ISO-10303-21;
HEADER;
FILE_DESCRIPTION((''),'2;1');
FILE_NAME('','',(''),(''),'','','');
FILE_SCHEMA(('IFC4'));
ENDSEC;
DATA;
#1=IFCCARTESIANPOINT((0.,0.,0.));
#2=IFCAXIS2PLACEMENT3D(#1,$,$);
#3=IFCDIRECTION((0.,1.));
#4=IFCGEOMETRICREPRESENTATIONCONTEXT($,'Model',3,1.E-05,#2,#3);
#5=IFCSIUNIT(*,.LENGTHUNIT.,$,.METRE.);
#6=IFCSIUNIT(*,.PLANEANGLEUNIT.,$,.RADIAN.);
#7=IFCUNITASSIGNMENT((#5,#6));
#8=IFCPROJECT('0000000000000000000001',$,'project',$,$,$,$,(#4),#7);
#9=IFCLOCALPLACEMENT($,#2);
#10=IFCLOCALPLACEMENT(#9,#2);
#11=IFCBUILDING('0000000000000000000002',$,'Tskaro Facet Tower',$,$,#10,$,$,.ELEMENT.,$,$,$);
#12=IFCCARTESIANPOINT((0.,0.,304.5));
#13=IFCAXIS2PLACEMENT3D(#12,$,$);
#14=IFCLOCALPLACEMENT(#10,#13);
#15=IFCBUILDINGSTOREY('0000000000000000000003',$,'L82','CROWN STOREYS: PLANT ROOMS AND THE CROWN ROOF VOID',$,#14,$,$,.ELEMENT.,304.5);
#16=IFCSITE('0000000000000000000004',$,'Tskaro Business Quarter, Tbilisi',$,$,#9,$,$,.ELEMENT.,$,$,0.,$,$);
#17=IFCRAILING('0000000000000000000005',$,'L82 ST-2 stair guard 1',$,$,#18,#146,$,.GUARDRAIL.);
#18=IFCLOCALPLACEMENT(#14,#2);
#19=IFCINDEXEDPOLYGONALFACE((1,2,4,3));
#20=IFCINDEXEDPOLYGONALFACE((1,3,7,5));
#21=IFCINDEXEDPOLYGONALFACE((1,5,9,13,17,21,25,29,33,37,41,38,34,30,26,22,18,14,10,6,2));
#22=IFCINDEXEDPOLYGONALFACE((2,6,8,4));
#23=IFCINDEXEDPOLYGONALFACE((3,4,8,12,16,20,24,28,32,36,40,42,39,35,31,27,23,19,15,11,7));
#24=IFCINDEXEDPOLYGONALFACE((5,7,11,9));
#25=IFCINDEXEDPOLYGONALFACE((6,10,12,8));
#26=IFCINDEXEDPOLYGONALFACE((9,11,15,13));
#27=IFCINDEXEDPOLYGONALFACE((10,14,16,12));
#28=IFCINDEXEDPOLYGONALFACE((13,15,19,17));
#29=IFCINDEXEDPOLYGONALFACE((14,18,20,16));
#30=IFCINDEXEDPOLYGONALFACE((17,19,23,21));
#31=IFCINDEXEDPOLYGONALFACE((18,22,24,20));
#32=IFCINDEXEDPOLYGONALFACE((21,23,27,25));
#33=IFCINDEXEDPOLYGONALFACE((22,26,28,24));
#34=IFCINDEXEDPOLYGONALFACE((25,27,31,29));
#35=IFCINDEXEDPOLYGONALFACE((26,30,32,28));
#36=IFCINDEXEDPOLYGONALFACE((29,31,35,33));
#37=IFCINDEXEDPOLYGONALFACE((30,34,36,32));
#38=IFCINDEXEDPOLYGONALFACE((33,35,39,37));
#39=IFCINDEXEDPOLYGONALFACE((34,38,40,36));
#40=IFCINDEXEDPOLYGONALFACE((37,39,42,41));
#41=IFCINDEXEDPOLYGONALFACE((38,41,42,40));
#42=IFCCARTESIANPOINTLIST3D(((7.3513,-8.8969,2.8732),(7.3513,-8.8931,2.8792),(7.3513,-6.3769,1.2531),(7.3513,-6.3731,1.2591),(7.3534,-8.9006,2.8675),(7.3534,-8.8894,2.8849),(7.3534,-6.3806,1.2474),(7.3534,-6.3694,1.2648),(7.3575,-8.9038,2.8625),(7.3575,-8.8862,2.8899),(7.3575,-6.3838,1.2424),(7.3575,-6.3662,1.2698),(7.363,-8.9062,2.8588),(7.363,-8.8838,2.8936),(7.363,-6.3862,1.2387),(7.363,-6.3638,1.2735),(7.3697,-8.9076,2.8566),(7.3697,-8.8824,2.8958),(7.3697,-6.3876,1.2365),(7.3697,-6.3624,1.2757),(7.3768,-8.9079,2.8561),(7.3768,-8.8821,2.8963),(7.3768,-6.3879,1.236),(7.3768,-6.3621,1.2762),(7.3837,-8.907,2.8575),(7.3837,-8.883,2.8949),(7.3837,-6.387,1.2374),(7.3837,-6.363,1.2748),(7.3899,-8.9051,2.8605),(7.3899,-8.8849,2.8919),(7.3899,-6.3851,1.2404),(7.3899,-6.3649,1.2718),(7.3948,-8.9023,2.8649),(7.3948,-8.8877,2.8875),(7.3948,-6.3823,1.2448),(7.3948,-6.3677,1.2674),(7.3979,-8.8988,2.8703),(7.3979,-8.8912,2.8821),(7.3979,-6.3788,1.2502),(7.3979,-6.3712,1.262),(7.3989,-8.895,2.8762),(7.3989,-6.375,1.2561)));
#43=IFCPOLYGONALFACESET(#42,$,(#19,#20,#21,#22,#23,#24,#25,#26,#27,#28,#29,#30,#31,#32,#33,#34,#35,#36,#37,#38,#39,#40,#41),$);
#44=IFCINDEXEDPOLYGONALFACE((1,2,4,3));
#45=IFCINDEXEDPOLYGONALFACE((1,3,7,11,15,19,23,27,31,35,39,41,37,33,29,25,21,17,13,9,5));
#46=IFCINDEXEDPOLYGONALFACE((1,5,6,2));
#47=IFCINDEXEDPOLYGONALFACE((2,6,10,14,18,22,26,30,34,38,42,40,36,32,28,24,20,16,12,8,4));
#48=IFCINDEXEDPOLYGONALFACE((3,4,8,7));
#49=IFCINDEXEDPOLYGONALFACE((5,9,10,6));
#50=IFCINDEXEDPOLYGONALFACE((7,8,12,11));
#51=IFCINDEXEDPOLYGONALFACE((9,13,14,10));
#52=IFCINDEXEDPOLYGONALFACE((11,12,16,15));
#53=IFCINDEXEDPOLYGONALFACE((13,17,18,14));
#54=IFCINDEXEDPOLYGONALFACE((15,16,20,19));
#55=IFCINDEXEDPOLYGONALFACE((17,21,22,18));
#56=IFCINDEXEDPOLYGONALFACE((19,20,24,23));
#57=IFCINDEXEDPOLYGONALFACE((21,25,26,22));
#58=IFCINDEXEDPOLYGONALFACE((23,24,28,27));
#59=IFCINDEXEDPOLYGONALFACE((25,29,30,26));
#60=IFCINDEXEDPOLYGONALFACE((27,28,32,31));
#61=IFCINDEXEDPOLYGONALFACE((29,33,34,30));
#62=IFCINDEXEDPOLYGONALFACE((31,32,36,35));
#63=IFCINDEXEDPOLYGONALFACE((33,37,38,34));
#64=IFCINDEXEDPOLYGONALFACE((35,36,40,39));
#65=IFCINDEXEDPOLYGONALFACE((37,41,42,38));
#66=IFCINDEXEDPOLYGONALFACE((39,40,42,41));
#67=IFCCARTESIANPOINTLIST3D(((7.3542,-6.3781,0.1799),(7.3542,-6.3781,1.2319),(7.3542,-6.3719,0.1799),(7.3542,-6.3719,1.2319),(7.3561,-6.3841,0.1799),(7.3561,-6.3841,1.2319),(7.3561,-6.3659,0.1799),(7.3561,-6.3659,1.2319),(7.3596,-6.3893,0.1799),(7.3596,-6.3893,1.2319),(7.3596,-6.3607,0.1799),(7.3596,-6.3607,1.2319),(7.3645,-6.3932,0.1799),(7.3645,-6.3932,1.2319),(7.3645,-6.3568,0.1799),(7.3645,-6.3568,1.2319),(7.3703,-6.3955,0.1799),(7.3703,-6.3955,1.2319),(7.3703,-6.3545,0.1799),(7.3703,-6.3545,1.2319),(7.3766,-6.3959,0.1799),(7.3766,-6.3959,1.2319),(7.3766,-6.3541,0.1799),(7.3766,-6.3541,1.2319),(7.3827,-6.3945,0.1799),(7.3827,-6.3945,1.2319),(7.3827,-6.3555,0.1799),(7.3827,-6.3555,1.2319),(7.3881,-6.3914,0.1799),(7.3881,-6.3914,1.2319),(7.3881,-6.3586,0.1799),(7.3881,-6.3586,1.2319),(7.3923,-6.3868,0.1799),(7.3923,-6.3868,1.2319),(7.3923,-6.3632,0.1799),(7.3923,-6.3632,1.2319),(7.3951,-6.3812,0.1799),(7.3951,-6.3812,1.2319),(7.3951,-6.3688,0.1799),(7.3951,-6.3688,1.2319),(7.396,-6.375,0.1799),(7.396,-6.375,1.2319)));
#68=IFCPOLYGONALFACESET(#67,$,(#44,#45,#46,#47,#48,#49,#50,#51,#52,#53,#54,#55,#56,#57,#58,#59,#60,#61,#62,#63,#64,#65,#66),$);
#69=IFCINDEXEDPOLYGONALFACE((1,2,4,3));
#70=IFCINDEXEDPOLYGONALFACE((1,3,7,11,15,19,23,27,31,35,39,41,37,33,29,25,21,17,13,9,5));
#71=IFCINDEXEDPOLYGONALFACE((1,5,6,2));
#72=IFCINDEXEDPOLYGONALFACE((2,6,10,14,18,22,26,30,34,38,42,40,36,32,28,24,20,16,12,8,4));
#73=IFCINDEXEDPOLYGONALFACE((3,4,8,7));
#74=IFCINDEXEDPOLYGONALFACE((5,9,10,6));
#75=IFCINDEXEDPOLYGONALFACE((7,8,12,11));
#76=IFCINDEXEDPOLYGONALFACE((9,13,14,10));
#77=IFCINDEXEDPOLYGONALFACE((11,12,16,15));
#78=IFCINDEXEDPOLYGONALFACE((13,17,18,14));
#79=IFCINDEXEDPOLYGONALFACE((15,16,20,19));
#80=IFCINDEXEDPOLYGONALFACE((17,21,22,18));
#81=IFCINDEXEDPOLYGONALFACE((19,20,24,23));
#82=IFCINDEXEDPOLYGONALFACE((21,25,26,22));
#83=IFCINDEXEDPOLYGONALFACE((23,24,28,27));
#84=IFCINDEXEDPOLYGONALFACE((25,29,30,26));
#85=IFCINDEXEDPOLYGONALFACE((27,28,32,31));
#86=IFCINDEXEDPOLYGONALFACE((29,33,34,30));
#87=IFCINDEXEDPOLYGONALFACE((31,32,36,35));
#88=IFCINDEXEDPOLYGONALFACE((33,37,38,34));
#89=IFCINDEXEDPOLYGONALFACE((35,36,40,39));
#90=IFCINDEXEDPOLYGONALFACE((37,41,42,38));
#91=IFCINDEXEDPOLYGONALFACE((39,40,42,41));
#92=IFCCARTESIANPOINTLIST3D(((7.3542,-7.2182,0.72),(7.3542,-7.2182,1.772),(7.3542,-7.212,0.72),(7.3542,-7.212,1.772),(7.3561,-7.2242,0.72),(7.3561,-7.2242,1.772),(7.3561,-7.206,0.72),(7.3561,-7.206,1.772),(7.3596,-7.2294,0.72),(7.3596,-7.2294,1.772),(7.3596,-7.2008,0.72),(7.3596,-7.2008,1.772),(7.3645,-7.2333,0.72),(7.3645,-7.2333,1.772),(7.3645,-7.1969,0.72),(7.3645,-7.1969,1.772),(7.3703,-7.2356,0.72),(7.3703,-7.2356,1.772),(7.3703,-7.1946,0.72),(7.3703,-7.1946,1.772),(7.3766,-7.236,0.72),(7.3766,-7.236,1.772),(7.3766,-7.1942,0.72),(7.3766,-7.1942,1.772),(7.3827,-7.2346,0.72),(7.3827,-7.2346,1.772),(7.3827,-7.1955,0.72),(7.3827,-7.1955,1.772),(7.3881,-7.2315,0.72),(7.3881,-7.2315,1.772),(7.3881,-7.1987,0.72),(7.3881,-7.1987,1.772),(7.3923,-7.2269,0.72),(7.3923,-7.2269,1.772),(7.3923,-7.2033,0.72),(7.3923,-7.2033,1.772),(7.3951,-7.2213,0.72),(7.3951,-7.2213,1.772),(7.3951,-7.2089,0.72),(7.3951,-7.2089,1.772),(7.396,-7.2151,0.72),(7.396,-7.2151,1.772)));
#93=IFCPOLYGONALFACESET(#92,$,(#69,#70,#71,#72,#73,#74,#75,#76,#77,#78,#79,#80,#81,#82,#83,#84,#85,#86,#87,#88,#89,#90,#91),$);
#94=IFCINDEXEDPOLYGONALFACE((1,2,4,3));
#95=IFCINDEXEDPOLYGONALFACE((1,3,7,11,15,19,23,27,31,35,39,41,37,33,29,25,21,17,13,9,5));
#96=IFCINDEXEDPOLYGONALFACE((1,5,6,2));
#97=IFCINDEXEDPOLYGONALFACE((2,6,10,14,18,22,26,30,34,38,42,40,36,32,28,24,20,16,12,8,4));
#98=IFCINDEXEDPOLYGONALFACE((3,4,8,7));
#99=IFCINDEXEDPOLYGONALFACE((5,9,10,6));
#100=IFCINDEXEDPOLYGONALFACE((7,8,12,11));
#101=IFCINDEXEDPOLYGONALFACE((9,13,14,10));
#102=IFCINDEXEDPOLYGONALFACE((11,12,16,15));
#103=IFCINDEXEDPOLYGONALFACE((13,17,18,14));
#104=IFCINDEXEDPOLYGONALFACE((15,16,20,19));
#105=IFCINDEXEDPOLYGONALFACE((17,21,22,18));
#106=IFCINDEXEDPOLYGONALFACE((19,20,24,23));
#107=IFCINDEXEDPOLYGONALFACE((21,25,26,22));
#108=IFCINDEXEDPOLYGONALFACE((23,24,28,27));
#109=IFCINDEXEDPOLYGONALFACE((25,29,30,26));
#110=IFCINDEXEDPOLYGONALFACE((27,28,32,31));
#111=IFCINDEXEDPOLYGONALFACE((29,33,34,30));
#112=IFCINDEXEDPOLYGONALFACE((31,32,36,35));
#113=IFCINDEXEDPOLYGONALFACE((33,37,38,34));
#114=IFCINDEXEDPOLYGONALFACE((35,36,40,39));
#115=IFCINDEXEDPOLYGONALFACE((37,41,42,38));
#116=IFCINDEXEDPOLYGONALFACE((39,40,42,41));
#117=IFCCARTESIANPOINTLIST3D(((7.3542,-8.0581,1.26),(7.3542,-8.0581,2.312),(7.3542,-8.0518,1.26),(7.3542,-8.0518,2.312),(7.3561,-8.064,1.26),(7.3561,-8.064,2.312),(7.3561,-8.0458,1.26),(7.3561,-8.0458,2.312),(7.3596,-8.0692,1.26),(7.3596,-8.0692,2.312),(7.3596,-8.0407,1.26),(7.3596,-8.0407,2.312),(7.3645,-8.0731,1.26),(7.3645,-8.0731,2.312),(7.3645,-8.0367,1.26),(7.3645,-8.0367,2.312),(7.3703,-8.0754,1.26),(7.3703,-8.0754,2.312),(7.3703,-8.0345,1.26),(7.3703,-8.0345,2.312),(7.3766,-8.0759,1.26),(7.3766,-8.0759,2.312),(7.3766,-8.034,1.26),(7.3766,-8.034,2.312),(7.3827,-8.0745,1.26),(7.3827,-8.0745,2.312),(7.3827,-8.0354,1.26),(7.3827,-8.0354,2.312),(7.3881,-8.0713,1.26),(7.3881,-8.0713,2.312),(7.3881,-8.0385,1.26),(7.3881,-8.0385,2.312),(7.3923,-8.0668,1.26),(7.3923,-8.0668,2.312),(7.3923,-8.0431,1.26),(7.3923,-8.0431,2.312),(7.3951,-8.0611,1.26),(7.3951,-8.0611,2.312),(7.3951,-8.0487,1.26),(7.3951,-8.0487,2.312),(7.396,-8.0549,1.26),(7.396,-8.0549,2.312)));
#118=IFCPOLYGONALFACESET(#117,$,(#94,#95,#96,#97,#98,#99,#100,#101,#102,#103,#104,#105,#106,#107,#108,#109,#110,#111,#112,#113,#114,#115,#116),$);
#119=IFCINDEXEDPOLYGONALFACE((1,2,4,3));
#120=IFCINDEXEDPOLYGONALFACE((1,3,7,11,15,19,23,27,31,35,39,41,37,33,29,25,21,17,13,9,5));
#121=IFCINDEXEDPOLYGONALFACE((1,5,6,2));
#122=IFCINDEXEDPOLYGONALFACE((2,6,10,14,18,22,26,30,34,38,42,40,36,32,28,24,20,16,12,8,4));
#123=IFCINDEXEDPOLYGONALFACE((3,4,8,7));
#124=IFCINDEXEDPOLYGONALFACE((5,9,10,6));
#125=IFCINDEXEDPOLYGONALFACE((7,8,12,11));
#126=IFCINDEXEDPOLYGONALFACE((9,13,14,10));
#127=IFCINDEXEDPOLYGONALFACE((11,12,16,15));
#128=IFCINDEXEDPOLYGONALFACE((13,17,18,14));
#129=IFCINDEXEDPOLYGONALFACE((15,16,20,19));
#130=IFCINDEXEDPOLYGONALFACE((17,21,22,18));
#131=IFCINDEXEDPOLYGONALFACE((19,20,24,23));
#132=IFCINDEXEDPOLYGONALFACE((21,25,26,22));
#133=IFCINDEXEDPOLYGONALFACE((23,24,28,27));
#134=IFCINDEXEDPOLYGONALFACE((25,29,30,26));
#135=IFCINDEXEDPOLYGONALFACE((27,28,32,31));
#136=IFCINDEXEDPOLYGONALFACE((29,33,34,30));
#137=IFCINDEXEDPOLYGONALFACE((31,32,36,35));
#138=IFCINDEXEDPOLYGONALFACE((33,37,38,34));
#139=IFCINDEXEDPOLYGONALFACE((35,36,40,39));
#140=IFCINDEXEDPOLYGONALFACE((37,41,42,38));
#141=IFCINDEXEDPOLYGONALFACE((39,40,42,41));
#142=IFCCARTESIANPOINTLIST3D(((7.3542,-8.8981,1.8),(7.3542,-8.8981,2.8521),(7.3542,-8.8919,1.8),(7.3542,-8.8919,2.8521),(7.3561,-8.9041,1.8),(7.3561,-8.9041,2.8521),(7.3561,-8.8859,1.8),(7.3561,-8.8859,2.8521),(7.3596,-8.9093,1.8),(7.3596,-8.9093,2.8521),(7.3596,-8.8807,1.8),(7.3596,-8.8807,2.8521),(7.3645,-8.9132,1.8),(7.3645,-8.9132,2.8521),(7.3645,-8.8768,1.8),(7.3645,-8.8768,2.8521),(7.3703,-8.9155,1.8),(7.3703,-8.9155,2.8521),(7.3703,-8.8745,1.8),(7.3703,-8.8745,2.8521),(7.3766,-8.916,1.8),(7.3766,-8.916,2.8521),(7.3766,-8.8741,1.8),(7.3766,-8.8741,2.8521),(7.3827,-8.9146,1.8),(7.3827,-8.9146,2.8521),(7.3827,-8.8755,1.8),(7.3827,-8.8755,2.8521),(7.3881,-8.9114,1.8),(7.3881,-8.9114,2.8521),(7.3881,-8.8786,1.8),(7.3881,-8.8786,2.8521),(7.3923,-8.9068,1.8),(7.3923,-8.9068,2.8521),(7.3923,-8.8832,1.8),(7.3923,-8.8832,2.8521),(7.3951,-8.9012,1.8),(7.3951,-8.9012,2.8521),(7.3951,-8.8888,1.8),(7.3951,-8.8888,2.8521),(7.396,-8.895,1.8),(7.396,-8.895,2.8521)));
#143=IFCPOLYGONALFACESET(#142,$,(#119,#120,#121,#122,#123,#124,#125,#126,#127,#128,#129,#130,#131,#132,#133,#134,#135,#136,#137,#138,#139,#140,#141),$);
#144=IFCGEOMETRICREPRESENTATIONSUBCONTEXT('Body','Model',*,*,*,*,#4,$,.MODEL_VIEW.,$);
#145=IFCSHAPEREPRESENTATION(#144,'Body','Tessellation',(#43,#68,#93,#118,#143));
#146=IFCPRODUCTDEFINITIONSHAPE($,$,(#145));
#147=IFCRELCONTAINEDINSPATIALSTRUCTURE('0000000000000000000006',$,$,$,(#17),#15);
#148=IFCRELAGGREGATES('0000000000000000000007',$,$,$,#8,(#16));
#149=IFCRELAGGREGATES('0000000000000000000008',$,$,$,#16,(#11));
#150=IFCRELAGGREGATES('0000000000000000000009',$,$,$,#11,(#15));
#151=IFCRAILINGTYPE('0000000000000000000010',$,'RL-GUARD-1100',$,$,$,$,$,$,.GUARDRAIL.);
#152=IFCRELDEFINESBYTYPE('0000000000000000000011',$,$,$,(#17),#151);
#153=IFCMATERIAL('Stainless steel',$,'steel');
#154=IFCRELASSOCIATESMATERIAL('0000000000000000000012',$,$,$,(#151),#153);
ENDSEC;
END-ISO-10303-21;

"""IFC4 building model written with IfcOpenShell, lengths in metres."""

from ifc_helpers import new_model, si_unit, direction, frame, origin, origin_2d, place, context, subcontext, project, spatial, circle, extrude, material, type_object, element, save


model = new_model("IFC4")

# Units and contexts
model_context = context("Model", 3, precision=1e-05, world=origin(), true_north=direction((0.0, 1.0)))
body_context = subcontext(model_context, "Body", "Model", "MODEL_VIEW")
ifc_project = project(units=[si_unit("LENGTHUNIT", "METRE"), si_unit("PLANEANGLEUNIT", "RADIAN")], contexts=[model_context])

# Site, building, storey
site_placement = place(None, origin())
site = spatial("IfcSite", under=ifc_project, at=site_placement, Name="Tskaro Business Quarter, Tbilisi", CompositionType="ELEMENT", RefElevation=0.0)
building_placement = place(site_placement, origin())
building = spatial("IfcBuilding", under=site, at=building_placement, Name="Tskaro Facet Tower", CompositionType="ELEMENT")
storey_placement = place(building_placement, frame((0.0, 0.0, 304.5)))
storey = spatial("IfcBuildingStorey", under=building, at=storey_placement, Name="L82", Description="CROWN STOREYS: PLANT ROOMS AND THE CROWN ROOF VOID", CompositionType="ELEMENT", Elevation=304.5)

# Railing
ifc_material_1 = material(Name="Stainless steel", Category="steel")
railing_type_1 = type_object("IfcRailingType", Name="RL-GUARD-1100", PredefinedType="GUARDRAIL", material=ifc_material_1)
railing_1_placement = place(storey_placement, frame((7.375, -6.375, 0.1799)))
element("IfcRailing", 1, at=railing_1_placement, inside=storey, type_object=railing_type_1, Name="L82 ST-2 stair guard 1", PredefinedType="GUARDRAIL", context=body_context, shape_type="SweptSolid", body=[
    extrude(circle(Radius=0.0239, at=origin_2d()), frame((0.0, 0.0, 1.0762), z_axis=(0.0, -0.841163, 0.540782), x_axis=(1.0, 0.0, 0.0)), (0.0, 0.0, 1.0), 2.9958),
    extrude(circle(Radius=0.021, at=origin_2d()), origin(), (0.0, 0.0, 1.0), 1.052),
    extrude(circle(Radius=0.021, at=origin_2d()), frame((0.0, -0.8401, 0.54)), (0.0, 0.0, 1.0), 1.052),
    extrude(circle(Radius=0.021, at=origin_2d()), frame((0.0, -1.6799, 1.0801)), (0.0, 0.0, 1.0), 1.052),
    extrude(circle(Radius=0.021, at=origin_2d()), frame((0.0, -2.52, 1.6201)), (0.0, 0.0, 1.0), 1.052),
])

save(model, "model.ifc")
